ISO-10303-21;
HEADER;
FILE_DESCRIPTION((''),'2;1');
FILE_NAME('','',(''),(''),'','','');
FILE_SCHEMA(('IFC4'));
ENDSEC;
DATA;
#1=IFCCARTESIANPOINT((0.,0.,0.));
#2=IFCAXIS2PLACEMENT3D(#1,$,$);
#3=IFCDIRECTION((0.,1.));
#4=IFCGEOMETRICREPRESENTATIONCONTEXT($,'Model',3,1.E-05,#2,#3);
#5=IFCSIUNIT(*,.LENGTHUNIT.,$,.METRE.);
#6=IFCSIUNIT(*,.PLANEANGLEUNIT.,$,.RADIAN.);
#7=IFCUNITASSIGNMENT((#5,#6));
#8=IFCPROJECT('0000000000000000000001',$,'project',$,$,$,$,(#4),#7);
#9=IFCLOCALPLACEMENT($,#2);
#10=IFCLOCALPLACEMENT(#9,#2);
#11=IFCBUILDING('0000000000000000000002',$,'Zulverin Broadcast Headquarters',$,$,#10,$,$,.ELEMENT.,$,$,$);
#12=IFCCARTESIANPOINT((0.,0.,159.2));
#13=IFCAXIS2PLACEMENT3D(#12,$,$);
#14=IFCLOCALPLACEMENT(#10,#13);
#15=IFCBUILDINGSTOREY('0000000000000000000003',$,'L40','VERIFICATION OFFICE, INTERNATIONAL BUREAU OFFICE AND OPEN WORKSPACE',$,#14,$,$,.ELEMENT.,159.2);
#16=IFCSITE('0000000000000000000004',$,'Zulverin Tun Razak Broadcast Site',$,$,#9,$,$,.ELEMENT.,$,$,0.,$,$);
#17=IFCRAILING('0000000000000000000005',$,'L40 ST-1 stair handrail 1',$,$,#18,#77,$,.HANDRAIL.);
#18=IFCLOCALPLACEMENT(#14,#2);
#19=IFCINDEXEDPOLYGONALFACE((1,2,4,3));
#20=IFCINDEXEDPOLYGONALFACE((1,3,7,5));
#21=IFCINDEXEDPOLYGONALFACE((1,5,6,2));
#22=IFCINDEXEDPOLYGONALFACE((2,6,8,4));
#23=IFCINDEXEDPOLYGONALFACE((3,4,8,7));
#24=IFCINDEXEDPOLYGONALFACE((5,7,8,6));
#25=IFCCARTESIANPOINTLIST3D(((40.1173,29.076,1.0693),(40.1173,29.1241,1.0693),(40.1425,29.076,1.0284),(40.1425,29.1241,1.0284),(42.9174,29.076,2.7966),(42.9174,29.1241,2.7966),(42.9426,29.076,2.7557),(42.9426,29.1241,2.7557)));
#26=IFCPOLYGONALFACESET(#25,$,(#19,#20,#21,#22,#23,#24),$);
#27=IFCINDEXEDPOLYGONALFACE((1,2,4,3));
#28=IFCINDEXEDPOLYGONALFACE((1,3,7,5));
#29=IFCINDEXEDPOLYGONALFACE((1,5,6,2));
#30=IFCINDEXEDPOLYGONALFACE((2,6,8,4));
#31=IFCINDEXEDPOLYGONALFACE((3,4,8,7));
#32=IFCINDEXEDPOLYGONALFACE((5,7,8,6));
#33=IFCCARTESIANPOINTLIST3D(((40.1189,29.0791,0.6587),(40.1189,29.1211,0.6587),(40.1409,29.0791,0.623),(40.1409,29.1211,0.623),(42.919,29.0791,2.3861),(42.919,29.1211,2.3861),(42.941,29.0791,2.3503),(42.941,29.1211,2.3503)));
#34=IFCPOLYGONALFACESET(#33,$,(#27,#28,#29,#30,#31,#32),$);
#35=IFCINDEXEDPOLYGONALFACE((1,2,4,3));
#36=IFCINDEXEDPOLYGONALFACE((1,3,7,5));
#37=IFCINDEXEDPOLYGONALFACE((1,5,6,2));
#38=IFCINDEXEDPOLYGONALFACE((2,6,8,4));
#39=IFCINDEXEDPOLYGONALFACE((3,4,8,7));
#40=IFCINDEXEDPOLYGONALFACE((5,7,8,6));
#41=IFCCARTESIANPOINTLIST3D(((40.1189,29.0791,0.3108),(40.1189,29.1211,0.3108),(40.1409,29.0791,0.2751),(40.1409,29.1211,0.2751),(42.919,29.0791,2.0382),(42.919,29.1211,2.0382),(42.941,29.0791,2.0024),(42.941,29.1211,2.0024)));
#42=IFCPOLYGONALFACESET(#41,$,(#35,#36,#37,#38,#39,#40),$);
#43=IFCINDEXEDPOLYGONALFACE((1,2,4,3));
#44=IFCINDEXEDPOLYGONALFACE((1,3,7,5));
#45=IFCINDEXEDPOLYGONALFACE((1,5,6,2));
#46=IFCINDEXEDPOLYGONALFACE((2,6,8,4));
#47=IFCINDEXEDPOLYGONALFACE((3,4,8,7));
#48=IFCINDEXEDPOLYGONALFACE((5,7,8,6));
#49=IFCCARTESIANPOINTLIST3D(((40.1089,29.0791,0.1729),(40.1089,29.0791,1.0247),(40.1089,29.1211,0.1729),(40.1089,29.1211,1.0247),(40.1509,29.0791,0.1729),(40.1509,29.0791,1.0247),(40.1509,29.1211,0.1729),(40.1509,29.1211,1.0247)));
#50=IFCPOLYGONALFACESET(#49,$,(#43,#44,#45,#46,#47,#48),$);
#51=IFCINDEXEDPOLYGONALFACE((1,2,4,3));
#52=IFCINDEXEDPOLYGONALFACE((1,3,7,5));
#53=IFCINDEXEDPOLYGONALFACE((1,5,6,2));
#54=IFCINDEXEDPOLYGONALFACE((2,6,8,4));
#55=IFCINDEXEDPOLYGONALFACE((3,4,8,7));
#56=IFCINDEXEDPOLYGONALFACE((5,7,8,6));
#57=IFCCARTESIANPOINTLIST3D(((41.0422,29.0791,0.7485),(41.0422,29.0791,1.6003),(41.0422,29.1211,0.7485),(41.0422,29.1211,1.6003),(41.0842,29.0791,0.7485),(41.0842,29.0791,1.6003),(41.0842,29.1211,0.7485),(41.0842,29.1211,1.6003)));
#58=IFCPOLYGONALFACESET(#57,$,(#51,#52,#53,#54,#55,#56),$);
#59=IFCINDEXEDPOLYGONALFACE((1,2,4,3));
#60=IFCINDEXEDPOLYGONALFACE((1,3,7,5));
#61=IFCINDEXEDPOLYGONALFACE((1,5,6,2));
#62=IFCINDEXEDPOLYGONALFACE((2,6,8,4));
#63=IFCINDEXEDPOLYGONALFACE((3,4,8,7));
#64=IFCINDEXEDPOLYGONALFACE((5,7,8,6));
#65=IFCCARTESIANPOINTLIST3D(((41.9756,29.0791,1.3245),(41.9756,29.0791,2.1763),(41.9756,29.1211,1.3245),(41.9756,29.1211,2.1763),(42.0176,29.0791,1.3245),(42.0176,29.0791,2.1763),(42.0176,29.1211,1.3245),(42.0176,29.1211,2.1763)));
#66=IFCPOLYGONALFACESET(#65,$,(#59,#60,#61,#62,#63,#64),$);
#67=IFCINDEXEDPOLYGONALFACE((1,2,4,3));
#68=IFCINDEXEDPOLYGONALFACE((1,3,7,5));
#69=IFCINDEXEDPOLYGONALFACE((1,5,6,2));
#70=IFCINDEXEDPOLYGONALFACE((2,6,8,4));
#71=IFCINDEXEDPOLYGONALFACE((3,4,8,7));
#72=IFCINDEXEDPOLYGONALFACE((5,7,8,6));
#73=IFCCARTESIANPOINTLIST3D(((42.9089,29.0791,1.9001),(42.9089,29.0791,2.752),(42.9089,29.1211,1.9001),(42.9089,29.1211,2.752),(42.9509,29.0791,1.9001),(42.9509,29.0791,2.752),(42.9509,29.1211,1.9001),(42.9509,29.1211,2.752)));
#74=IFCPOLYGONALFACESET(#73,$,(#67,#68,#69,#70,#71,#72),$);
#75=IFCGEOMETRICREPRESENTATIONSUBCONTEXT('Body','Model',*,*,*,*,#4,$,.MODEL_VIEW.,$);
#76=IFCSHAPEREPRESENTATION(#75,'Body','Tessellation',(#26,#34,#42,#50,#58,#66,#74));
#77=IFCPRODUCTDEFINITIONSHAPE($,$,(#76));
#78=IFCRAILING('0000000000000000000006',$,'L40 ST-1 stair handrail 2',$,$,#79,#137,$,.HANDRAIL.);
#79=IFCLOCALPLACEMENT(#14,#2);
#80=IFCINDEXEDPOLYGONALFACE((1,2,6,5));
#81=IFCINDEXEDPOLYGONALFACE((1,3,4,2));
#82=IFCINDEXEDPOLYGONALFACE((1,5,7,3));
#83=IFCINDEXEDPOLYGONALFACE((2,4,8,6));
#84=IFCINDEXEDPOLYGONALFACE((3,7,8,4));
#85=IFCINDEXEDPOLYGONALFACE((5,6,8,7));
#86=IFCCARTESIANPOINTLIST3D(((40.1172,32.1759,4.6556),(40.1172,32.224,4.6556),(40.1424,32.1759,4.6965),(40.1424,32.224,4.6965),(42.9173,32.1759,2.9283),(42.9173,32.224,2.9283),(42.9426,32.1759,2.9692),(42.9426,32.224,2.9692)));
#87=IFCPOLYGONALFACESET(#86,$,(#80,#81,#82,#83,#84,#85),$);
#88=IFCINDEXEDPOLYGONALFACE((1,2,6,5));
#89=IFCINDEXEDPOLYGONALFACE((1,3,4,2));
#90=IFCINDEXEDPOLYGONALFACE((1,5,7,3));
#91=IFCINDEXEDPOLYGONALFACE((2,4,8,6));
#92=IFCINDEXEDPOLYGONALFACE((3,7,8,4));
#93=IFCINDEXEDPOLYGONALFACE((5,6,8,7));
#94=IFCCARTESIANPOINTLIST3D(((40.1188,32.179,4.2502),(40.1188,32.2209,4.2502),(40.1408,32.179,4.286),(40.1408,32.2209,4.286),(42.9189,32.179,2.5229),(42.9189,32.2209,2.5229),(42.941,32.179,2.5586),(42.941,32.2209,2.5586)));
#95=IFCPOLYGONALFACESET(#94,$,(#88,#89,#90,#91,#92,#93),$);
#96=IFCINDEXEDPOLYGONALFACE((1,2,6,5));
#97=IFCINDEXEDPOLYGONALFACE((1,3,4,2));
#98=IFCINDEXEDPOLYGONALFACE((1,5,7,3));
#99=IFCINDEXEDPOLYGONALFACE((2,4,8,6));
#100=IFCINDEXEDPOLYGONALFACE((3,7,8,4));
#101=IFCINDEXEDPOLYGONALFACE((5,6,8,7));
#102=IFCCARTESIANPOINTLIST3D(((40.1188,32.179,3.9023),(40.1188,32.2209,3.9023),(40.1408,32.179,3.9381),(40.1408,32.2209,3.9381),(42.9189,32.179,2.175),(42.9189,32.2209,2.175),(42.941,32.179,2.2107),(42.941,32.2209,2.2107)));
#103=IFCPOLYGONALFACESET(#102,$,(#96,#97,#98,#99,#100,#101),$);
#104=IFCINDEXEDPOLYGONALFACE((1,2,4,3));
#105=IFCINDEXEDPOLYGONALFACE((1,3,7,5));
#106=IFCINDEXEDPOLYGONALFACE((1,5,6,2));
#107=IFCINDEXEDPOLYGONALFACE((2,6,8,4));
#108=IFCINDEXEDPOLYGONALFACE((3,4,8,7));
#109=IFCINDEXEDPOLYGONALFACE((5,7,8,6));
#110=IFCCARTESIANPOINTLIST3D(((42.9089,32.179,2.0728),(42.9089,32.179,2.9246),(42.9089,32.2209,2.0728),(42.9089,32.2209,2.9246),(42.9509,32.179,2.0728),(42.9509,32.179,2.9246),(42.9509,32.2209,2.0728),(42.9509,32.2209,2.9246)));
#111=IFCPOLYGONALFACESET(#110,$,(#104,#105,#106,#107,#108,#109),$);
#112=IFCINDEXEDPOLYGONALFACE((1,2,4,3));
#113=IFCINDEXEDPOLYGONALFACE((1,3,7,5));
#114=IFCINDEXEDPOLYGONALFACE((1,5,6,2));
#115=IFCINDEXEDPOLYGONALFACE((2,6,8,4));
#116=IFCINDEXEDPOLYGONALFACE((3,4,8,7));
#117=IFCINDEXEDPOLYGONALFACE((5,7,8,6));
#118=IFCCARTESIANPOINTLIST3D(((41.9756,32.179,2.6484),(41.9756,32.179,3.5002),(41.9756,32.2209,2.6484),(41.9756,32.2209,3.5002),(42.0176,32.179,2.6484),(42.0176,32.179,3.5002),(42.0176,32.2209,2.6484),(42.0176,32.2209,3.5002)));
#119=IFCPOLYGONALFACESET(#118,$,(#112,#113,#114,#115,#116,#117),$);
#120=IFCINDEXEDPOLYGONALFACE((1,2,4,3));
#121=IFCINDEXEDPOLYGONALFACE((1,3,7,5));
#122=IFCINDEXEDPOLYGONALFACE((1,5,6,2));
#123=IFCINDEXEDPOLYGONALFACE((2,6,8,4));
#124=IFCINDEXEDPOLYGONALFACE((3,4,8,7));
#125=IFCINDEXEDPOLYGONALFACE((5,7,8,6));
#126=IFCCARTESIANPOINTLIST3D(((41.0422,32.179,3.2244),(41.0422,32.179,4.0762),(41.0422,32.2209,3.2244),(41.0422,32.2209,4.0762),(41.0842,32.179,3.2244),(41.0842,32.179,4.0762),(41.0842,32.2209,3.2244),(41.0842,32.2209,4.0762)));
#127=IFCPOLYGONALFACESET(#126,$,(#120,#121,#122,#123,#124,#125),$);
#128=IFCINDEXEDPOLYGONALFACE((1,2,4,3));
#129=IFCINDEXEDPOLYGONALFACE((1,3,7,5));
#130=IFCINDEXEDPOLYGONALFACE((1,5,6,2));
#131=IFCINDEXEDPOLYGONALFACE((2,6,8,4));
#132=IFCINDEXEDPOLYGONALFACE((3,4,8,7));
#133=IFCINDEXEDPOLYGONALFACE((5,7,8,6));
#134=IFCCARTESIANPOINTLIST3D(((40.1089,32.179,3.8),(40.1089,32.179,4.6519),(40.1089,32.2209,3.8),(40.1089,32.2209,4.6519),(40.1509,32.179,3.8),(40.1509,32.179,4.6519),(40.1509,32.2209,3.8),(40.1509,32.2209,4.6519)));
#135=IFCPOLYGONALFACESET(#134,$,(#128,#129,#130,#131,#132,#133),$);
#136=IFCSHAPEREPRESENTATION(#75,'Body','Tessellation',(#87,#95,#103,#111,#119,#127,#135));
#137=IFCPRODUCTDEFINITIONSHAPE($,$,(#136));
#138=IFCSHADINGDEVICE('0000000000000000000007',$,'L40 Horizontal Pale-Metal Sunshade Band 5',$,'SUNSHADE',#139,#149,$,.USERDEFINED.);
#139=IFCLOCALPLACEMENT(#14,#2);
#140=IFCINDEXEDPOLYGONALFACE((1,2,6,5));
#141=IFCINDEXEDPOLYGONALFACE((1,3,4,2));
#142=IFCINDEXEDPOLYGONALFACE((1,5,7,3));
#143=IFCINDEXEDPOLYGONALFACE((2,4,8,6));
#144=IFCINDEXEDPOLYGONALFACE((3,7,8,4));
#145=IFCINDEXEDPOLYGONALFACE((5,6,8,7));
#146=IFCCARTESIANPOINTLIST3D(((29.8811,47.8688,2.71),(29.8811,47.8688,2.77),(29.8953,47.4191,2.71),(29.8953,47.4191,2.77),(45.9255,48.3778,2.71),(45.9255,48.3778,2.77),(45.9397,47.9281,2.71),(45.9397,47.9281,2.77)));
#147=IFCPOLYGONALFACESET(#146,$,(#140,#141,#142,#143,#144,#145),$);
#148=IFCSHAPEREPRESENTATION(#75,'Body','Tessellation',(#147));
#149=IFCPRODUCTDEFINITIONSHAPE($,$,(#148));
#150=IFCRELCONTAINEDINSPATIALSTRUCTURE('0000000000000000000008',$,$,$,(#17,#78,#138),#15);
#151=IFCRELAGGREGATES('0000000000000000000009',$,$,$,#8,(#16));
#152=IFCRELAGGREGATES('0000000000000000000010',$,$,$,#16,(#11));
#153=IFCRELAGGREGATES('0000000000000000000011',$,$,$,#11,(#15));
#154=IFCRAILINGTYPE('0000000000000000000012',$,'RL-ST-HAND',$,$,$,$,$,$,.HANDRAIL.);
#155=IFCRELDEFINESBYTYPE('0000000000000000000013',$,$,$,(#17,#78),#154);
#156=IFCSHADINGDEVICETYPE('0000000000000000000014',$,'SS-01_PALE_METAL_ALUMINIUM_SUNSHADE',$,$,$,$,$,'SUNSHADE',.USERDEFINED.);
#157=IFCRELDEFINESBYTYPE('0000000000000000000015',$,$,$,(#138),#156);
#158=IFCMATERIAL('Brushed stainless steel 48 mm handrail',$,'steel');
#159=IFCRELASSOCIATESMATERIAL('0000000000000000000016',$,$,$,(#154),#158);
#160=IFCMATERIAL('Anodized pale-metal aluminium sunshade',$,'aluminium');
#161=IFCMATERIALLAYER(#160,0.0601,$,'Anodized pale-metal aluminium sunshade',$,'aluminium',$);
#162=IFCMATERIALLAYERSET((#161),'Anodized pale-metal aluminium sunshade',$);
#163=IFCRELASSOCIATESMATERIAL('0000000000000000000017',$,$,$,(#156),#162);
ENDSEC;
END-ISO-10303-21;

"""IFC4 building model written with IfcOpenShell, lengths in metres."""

from ifc_helpers import new_model, si_unit, direction, frame, origin, origin_2d, place, context, subcontext, project, spatial, rectangle, extrude, material, layer, layer_set, type_object, element, save


model = new_model("IFC4")

# Units and contexts
model_context = context("Model", 3, precision=1e-05, world=origin(), true_north=direction((0.0, 1.0)))
body_context = subcontext(model_context, "Body", "Model", "MODEL_VIEW")
ifc_project = project(units=[si_unit("LENGTHUNIT", "METRE"), si_unit("PLANEANGLEUNIT", "RADIAN")], contexts=[model_context])

# Site, building, storey
site_placement = place(None, origin())
site = spatial("IfcSite", under=ifc_project, at=site_placement, Name="Zulverin Tun Razak Broadcast Site", CompositionType="ELEMENT", RefElevation=0.0)
building_placement = place(site_placement, origin())
building = spatial("IfcBuilding", under=site, at=building_placement, Name="Zulverin Broadcast Headquarters", CompositionType="ELEMENT")
storey_placement = place(building_placement, frame((0.0, 0.0, 159.2)))
storey = spatial("IfcBuildingStorey", under=building, at=storey_placement, Name="L40", Description="VERIFICATION OFFICE, INTERNATIONAL BUREAU OFFICE AND OPEN WORKSPACE", CompositionType="ELEMENT", Elevation=159.2)

# Railings
ifc_material_1 = material(Name="Brushed stainless steel 48 mm handrail", Category="steel")
railing_type_1 = type_object("IfcRailingType", Name="RL-ST-HAND", PredefinedType="HANDRAIL", material=ifc_material_1)
railing_1_placement = place(storey_placement, frame((40.1299, 29.1001, 0.1729)))
element("IfcRailing", 1, at=railing_1_placement, inside=storey, type_object=railing_type_1, Name="L40 ST-1 stair handrail 1", PredefinedType="HANDRAIL", context=body_context, shape_type="SweptSolid", body=[
    extrude(rectangle(XDim=0.0481, YDim=0.0481, at=origin_2d()), frame((0.0, 0.0, 0.876), z_axis=(0.85109, 0.0, 0.52502), x_axis=(0.0, 1.0, 0.0)), (0.0, 0.0, 1.0), 3.29),
    extrude(rectangle(XDim=0.042, YDim=0.042, at=origin_2d()), frame((0.0, 0.0, 0.468), z_axis=(0.85109, 0.0, 0.52502), x_axis=(0.0, 1.0, 0.0)), (0.0, 0.0, 1.0), 3.29),
    extrude(rectangle(XDim=0.042, YDim=0.042, at=origin_2d()), frame((0.0, 0.0, 0.1201), z_axis=(0.85109, 0.0, 0.52502), x_axis=(0.0, 1.0, 0.0)), (0.0, 0.0, 1.0), 3.29),
    extrude(rectangle(XDim=0.042, YDim=0.042, at=origin_2d()), origin(), (0.0, 0.0, 1.0), 0.8518),
    extrude(rectangle(XDim=0.042, YDim=0.042, at=origin_2d()), frame((0.9333, 0.0, 0.5757)), (0.0, 0.0, 1.0), 0.8518),
    extrude(rectangle(XDim=0.042, YDim=0.042, at=origin_2d()), frame((1.8667, 0.0, 1.1516)), (0.0, 0.0, 1.0), 0.8518),
    extrude(rectangle(XDim=0.042, YDim=0.042, at=origin_2d()), frame((2.8, 0.0, 1.7273)), (0.0, 0.0, 1.0), 0.8518),
])
railing_2_placement = place(storey_placement, frame((42.9299, 32.2, 2.0728)))
element("IfcRailing", 2, at=railing_2_placement, inside=storey, type_object=railing_type_1, Name="L40 ST-1 stair handrail 2", PredefinedType="HANDRAIL", context=body_context, shape_type="SweptSolid", body=[
    extrude(rectangle(XDim=0.0481, YDim=0.0481, at=origin_2d()), frame((0.0, 0.0, 0.876), z_axis=(-0.85109, 0.0, 0.52502), x_axis=(0.0, -1.0, 0.0)), (0.0, 0.0, 1.0), 3.29),
    extrude(rectangle(XDim=0.042, YDim=0.042, at=origin_2d()), frame((0.0, 0.0, 0.468), z_axis=(-0.85109, 0.0, 0.52502), x_axis=(0.0, -1.0, 0.0)), (0.0, 0.0, 1.0), 3.29),
    extrude(rectangle(XDim=0.042, YDim=0.042, at=origin_2d()), frame((0.0, 0.0, 0.1201), z_axis=(-0.85109, 0.0, 0.52502), x_axis=(0.0, -1.0, 0.0)), (0.0, 0.0, 1.0), 3.29),
    extrude(rectangle(XDim=0.042, YDim=0.042, at=origin_2d()), origin(), (0.0, 0.0, 1.0), 0.8518),
    extrude(rectangle(XDim=0.042, YDim=0.042, at=origin_2d()), frame((-0.9333, 0.0, 0.5757)), (0.0, 0.0, 1.0), 0.8518),
    extrude(rectangle(XDim=0.042, YDim=0.042, at=origin_2d()), frame((-1.8667, 0.0, 1.1516)), (0.0, 0.0, 1.0), 0.8518),
    extrude(rectangle(XDim=0.042, YDim=0.042, at=origin_2d()), frame((-2.8, 0.0, 1.7273)), (0.0, 0.0, 1.0), 0.8518),
])

# Shading device
ifc_material_2 = material(Name="Anodized pale-metal aluminium sunshade", Category="aluminium")
ifc_layer_1 = layer(ifc_material_2, 0.0601, Name="Anodized pale-metal aluminium sunshade", Category="aluminium")
ifc_layer_set_1 = layer_set([ifc_layer_1], Name="Anodized pale-metal aluminium sunshade")
shading_device_type = type_object("IfcShadingDeviceType", Name="SS-01_PALE_METAL_ALUMINIUM_SUNSHADE", ElementType="SUNSHADE", PredefinedType="USERDEFINED", material=ifc_layer_set_1)
shading_device_placement = place(storey_placement, frame((37.9104, 47.8984, 2.71), z_axis=(0.0, 0.0, 1.0), x_axis=(-0.999497, -0.031709, 0.0)))
element("IfcShadingDevice", 3, at=shading_device_placement, inside=storey, type_object=shading_device_type, Name="L40 Horizontal Pale-Metal Sunshade Band 5", ObjectType="SUNSHADE", PredefinedType="USERDEFINED", context=body_context, shape_type="SweptSolid", body=[
    extrude(rectangle(XDim=16.0525, YDim=0.45, at=origin_2d()), origin(), (0.0, 0.0, 1.0), 0.0601),
])

save(model, "model.ifc")
